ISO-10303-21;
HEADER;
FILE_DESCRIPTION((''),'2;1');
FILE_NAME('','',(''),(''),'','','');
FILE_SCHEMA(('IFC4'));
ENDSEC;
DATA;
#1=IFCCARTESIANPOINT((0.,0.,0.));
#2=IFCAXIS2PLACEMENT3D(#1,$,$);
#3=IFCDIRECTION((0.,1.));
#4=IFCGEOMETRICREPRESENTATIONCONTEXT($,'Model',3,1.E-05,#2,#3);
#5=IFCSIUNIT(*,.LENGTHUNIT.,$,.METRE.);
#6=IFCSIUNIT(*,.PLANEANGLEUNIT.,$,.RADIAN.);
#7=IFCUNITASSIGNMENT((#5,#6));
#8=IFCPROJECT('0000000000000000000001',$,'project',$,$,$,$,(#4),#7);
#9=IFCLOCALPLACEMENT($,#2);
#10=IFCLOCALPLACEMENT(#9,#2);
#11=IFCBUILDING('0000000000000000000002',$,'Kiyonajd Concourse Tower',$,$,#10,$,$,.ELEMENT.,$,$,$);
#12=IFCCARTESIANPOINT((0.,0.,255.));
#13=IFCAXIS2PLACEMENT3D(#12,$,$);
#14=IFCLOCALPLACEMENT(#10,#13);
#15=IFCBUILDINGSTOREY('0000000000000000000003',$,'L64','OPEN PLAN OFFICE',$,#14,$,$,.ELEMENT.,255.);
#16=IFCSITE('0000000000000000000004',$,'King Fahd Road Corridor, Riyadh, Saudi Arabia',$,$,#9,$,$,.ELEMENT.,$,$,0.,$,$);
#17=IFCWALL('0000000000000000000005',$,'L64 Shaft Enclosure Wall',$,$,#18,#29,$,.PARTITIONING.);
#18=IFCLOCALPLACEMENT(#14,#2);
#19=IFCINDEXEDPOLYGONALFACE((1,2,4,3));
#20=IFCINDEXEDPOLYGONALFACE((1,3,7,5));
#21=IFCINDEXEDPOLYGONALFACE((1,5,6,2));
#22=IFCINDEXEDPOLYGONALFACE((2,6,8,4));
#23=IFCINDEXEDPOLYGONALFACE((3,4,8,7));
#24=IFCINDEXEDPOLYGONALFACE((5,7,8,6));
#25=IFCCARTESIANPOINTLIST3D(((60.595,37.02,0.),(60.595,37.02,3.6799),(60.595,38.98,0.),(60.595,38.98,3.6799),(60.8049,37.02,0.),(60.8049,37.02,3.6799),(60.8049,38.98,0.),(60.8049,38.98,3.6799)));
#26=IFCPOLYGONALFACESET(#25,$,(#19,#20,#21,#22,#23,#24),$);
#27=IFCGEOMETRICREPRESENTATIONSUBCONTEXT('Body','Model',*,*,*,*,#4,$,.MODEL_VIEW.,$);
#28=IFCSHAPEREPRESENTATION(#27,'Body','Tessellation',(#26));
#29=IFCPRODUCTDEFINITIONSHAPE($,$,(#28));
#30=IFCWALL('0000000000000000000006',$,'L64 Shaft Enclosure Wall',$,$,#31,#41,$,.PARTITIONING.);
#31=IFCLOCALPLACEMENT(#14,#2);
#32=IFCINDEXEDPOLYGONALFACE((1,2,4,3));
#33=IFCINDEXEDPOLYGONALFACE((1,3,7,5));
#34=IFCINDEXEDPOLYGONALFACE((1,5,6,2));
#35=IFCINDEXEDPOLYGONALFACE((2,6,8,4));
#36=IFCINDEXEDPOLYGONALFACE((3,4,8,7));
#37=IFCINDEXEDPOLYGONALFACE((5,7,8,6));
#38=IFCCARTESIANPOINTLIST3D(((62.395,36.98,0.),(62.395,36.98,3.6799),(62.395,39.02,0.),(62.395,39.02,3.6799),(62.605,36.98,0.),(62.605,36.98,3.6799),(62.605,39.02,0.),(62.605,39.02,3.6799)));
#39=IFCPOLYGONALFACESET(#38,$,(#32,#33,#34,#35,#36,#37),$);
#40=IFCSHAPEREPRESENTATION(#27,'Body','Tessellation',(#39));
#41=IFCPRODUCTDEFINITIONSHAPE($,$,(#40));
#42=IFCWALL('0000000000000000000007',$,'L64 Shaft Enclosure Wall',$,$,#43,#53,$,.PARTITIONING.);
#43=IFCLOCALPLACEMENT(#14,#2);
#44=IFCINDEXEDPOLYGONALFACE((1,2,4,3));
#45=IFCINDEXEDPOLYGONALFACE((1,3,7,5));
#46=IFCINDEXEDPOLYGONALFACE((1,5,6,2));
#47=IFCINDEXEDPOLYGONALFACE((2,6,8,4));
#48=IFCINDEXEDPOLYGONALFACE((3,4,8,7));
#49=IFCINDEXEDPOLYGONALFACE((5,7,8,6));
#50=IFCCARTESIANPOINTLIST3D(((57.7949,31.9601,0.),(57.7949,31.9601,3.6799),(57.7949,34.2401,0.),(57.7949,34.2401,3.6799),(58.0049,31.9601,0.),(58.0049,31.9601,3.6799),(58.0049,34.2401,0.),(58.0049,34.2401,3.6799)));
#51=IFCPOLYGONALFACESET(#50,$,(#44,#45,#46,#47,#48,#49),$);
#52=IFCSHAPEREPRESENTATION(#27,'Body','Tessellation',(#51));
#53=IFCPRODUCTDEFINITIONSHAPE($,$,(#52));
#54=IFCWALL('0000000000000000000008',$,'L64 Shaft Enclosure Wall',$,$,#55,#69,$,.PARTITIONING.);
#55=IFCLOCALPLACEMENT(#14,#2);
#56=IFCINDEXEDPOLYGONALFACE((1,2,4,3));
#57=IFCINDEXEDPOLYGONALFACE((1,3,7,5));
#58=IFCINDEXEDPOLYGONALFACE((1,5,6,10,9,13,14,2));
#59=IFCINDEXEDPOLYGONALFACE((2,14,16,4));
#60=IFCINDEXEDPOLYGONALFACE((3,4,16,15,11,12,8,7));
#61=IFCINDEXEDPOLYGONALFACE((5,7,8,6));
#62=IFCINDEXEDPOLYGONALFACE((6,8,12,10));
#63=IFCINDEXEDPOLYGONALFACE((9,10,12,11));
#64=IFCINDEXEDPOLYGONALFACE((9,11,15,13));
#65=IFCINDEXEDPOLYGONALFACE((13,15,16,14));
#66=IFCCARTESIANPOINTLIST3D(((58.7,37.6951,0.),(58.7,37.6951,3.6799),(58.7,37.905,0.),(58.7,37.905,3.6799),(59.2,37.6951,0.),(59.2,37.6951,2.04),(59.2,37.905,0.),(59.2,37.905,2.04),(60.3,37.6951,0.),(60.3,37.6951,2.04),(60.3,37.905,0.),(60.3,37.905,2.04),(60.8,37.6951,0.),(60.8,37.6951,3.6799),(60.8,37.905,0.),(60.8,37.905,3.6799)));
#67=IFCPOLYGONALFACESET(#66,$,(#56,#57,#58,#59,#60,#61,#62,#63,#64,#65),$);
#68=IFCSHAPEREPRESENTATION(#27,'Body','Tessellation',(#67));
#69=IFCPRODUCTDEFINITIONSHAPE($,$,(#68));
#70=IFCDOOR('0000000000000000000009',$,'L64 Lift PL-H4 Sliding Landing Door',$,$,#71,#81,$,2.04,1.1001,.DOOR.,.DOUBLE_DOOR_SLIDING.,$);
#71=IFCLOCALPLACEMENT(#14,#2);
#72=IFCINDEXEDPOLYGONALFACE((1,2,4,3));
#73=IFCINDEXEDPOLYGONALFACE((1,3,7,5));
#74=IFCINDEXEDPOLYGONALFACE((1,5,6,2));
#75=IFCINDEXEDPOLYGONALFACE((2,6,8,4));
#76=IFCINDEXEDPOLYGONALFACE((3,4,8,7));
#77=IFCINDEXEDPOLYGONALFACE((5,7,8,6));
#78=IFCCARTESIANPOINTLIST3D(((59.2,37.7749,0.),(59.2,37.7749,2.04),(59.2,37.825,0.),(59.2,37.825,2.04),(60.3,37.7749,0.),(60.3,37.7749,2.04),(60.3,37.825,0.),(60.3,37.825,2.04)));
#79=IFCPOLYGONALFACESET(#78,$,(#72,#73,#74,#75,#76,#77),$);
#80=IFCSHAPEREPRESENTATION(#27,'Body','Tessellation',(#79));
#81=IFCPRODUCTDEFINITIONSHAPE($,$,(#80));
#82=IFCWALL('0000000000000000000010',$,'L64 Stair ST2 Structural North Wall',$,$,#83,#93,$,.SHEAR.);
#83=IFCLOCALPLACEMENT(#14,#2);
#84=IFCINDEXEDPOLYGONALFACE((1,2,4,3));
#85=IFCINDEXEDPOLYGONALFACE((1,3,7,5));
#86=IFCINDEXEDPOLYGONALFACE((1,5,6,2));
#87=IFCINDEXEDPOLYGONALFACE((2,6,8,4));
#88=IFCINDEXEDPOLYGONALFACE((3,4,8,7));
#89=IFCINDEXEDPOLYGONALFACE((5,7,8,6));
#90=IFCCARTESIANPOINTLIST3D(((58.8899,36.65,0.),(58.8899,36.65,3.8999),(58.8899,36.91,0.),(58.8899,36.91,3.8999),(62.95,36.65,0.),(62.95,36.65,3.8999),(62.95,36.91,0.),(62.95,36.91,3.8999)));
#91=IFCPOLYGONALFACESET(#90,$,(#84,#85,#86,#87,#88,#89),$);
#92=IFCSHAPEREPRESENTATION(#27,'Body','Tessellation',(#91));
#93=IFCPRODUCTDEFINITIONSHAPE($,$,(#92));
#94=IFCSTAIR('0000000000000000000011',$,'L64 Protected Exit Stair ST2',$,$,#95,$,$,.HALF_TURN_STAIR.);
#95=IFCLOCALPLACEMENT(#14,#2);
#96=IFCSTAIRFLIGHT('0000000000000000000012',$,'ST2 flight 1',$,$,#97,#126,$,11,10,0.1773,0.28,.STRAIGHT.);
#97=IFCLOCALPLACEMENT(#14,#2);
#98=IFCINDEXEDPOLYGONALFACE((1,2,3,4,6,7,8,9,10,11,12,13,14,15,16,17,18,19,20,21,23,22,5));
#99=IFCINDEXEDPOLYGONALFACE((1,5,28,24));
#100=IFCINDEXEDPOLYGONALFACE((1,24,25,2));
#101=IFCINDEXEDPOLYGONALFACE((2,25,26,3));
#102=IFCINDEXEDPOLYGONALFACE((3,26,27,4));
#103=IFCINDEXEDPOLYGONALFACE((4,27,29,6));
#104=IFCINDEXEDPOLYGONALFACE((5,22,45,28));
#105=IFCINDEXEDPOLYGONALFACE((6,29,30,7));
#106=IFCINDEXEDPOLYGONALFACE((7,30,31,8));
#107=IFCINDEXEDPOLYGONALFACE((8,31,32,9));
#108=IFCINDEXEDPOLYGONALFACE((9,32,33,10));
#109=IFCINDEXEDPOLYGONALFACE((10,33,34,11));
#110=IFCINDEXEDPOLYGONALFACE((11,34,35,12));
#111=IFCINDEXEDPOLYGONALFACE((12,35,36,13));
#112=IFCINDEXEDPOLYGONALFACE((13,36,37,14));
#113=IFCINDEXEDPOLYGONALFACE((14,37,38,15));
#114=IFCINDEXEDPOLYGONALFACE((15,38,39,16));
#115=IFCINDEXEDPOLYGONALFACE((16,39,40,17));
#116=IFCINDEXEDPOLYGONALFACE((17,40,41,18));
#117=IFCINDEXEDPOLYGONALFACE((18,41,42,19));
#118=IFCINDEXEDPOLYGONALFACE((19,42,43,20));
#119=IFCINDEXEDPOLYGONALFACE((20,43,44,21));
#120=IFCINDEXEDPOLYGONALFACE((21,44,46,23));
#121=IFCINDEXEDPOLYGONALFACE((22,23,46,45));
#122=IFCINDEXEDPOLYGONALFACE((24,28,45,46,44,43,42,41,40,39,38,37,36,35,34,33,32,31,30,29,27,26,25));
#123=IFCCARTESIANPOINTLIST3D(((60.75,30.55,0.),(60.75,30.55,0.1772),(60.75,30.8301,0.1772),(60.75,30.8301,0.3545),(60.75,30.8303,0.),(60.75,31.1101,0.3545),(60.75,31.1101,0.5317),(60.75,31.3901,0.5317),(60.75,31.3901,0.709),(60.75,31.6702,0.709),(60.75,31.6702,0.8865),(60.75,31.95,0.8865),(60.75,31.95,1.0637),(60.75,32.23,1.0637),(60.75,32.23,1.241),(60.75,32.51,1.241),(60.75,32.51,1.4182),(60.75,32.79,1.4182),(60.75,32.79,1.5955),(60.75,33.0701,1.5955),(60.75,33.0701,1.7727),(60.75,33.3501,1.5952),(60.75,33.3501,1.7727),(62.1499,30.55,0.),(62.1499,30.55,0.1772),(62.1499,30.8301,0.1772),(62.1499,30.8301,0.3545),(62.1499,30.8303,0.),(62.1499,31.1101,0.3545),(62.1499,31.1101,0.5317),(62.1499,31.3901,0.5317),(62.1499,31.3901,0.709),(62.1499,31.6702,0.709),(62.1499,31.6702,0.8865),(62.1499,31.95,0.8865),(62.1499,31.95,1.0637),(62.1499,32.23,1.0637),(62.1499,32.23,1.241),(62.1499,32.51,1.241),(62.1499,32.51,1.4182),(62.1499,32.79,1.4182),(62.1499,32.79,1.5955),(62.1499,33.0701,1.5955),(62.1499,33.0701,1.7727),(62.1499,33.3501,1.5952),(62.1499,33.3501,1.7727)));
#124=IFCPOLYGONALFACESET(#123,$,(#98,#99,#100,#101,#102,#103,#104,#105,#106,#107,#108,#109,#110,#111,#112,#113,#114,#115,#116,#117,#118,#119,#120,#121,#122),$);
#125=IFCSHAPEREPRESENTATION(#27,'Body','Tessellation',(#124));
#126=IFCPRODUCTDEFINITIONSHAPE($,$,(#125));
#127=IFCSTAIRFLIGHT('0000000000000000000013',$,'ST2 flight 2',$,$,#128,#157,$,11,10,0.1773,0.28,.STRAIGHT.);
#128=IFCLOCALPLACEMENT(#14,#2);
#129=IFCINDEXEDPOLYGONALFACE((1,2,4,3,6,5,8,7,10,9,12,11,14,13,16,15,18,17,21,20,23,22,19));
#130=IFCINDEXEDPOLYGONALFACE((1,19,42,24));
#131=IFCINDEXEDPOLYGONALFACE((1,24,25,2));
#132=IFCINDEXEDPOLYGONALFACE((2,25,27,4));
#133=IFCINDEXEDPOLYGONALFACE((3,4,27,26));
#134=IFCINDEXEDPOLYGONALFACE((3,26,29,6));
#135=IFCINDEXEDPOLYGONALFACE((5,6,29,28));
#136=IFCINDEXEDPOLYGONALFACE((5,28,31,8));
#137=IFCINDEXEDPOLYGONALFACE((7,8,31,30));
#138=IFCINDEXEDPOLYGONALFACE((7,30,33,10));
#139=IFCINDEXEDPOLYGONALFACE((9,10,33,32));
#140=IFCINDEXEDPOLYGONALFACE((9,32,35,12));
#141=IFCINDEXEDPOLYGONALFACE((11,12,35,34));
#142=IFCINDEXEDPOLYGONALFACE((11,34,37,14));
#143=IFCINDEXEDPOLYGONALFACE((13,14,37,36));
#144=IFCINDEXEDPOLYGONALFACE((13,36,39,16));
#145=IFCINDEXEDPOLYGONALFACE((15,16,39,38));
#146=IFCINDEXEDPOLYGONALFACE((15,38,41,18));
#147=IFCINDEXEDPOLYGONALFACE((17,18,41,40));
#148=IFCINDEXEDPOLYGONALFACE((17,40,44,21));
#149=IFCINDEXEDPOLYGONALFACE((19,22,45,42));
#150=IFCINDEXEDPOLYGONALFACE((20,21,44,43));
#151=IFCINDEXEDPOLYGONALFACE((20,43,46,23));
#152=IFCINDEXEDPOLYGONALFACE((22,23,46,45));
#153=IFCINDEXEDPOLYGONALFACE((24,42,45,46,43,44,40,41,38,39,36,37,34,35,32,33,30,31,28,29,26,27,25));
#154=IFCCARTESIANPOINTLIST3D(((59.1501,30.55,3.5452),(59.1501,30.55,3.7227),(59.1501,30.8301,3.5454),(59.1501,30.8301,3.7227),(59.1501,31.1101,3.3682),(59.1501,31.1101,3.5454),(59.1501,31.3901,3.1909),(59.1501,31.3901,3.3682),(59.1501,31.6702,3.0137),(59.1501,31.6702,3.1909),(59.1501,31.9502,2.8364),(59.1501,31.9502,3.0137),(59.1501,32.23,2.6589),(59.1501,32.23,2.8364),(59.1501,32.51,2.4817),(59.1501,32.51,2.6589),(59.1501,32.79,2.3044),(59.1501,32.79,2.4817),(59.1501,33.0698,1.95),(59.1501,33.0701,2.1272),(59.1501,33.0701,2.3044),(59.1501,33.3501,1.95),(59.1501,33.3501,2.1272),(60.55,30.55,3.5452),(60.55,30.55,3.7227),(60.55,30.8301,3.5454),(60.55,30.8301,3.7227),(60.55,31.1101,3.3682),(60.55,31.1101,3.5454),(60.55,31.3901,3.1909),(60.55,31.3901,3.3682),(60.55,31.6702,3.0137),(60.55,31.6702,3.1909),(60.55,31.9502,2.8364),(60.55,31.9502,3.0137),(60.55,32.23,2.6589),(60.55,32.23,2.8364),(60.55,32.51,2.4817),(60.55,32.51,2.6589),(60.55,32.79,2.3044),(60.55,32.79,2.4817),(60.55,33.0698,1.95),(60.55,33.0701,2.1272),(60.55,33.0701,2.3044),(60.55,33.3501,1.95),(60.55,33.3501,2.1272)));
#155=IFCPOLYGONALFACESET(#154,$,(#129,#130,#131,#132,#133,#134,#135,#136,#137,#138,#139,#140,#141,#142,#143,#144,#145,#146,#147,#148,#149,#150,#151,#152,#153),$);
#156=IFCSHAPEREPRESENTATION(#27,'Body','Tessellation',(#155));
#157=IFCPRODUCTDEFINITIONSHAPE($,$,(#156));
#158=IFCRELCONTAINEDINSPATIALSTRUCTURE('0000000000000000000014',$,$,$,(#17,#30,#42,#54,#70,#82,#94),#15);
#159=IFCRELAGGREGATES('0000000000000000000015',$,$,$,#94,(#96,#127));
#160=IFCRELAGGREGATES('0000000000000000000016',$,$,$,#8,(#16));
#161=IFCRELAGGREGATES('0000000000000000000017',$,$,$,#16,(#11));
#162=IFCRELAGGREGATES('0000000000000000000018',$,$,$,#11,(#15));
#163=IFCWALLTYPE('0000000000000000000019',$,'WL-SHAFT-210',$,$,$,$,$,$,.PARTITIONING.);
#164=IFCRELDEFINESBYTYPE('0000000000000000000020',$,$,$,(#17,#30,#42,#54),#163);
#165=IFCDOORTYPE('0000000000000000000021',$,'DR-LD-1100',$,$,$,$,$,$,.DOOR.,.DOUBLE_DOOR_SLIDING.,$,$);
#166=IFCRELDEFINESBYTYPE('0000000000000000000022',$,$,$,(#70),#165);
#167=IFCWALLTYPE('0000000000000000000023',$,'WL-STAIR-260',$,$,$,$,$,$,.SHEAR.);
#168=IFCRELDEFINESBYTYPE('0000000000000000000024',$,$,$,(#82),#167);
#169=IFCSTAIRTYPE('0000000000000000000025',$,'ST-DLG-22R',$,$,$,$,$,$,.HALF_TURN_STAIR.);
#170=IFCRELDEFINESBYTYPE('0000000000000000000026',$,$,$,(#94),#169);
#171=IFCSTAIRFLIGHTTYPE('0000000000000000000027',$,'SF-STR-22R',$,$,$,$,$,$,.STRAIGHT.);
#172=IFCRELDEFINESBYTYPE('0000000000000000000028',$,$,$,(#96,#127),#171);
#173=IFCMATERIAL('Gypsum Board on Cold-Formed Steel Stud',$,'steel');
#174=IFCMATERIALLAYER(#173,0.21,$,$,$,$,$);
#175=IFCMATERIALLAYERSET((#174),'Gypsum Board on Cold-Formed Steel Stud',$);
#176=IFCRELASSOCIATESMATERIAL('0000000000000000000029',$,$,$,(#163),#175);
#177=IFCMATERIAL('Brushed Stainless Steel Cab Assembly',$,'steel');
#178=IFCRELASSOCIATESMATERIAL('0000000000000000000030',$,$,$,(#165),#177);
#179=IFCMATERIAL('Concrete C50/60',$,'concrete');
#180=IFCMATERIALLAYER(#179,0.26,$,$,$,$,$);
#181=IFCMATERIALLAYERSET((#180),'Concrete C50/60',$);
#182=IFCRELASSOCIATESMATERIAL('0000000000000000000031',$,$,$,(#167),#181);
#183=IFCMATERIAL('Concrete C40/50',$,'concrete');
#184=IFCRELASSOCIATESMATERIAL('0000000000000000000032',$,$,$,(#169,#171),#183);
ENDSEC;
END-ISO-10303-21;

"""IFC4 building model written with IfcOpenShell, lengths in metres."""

from ifc_helpers import new_model, si_unit, direction, frame, frame_2d, origin, place, context, subcontext, project, spatial, polyline, rectangle, outline, extrude, material, layer, layer_set, type_object, element, fill, aggregate, save


model = new_model("IFC4")

# Units and contexts
model_context = context("Model", 3, precision=1e-05, world=origin(), true_north=direction((0.0, 1.0)))
body_context = subcontext(model_context, "Body", "Model", "MODEL_VIEW")
ifc_project = project(units=[si_unit("LENGTHUNIT", "METRE"), si_unit("PLANEANGLEUNIT", "RADIAN")], contexts=[model_context])

# Site, building, storey
site_placement = place(None, origin())
site = spatial("IfcSite", under=ifc_project, at=site_placement, Name="King Fahd Road Corridor, Riyadh, Saudi Arabia", CompositionType="ELEMENT", RefElevation=0.0)
building_placement = place(site_placement, origin())
building = spatial("IfcBuilding", under=site, at=building_placement, Name="Kiyonajd Concourse Tower", CompositionType="ELEMENT")
storey_placement = place(building_placement, frame((0.0, 0.0, 255.0)))
storey = spatial("IfcBuildingStorey", under=building, at=storey_placement, Name="L64", Description="OPEN PLAN OFFICE", CompositionType="ELEMENT", Elevation=255.0)

# Shared definitions
ifc_material_1 = material(Name="Concrete C50/60", Category="concrete")

# Walls
ifc_material_2 = material(Name="Gypsum Board on Cold-Formed Steel Stud", Category="steel")
ifc_layer_1 = layer(ifc_material_2, 0.21)
ifc_layer_set_1 = layer_set([ifc_layer_1], Name="Gypsum Board on Cold-Formed Steel Stud")
wall_type_1 = type_object("IfcWallType", Name="WL-SHAFT-210", PredefinedType="PARTITIONING", material=ifc_layer_set_1)
wall_1_placement = place(storey_placement, frame((60.7, 37.02, 0.0), z_axis=(0.0, 0.0, 1.0), x_axis=(0.0, 1.0, 0.0)))
element("IfcWall", 1, at=wall_1_placement, inside=storey, type_object=wall_type_1, Name="L64 Shaft Enclosure Wall", PredefinedType="PARTITIONING", context=body_context, shape_type="SweptSolid", body=[
    extrude(rectangle(XDim=1.96, YDim=0.21, at=frame_2d((0.98, 0.0))), origin(), (0.0, 0.0, 1.0), 3.6799),
])
wall_2_placement = place(storey_placement, frame((62.5, 36.98, 0.0), z_axis=(0.0, 0.0, 1.0), x_axis=(0.0, 1.0, 0.0)))
element("IfcWall", 2, at=wall_2_placement, inside=storey, type_object=wall_type_1, Name="L64 Shaft Enclosure Wall", PredefinedType="PARTITIONING", context=body_context, shape_type="SweptSolid", body=[
    extrude(rectangle(XDim=2.04, YDim=0.21, at=frame_2d((1.02, 0.0))), origin(), (0.0, 0.0, 1.0), 3.6799),
])
wall_3_placement = place(storey_placement, frame((57.8999, 31.96, 0.0), z_axis=(0.0, 0.0, 1.0), x_axis=(0.0, 1.0, 0.0)))
element("IfcWall", 3, at=wall_3_placement, inside=storey, type_object=wall_type_1, Name="L64 Shaft Enclosure Wall", PredefinedType="PARTITIONING", context=body_context, shape_type="SweptSolid", body=[
    extrude(rectangle(XDim=2.28, YDim=0.21, at=frame_2d((1.1401, 0.0))), origin(), (0.0, 0.0, 1.0), 3.6799),
])

# Wall, opening, door
wall_4_placement = place(storey_placement, frame((58.7, 37.8, 0.0), z_axis=(0.0, 0.0, 1.0), x_axis=(1.0, 0.0, 0.0)))
wall_4 = element("IfcWall", 4, at=wall_4_placement, inside=storey, type_object=wall_type_1, Name="L64 Shaft Enclosure Wall", PredefinedType="PARTITIONING", context=body_context, shape_type="SweptSolid", body=[
    extrude(rectangle(XDim=2.1001, YDim=0.21, at=frame_2d((1.05, 0.0))), origin(), (0.0, 0.0, 1.0), 3.6799),
])
opening_1_placement = place(wall_4_placement, frame((0.5, 0.0, 0.0)))
opening_1 = element("IfcOpeningElement", 5, at=opening_1_placement, cuts=wall_4, PredefinedType="OPENING", context=body_context, shape_type="SweptSolid", body=[
    extrude(rectangle(XDim=1.1001, YDim=2.04, at=frame_2d((0.55, 1.02))), frame((0.0, 0.115, 0.0), z_axis=(0.0, -1.0, 0.0), x_axis=(1.0, 0.0, 0.0)), (0.0, 0.0, 1.0), 0.23),
])
ifc_material_3 = material(Name="Brushed Stainless Steel Cab Assembly", Category="steel")
door_type = type_object("IfcDoorType", Name="DR-LD-1100", OperationType="DOUBLE_DOOR_SLIDING", PredefinedType="DOOR", material=ifc_material_3)
door_placement = place(opening_1_placement, origin())
door = element("IfcDoor", 6, at=door_placement, inside=storey, type_object=door_type, Name="L64 Lift PL-H4 Sliding Landing Door", OperationType="DOUBLE_DOOR_SLIDING", OverallHeight=2.04, OverallWidth=1.1001, PredefinedType="DOOR", context=body_context, shape_type="SweptSolid", body=[
    extrude(rectangle(XDim=1.1001, YDim=2.04, at=frame_2d((0.55, 1.02))), frame((0.0, 0.0249, 0.0), z_axis=(0.0, -1.0, 0.0), x_axis=(1.0, 0.0, 0.0)), (0.0, 0.0, 1.0), 0.05),
])
fill(opening_1, door)

# Wall
ifc_layer_2 = layer(ifc_material_1, 0.26)
ifc_layer_set_2 = layer_set([ifc_layer_2], Name="Concrete C50/60")
wall_type_2 = type_object("IfcWallType", Name="WL-STAIR-260", PredefinedType="SHEAR", material=ifc_layer_set_2)
wall_5_placement = place(storey_placement, frame((58.8899, 36.78, 0.0), z_axis=(0.0, 0.0, 1.0), x_axis=(1.0, 0.0, 0.0)))
element("IfcWall", 7, at=wall_5_placement, inside=storey, type_object=wall_type_2, Name="L64 Stair ST2 Structural North Wall", PredefinedType="SHEAR", context=body_context, shape_type="SweptSolid", body=[
    extrude(rectangle(XDim=4.0601, YDim=0.26, at=frame_2d((2.03, 0.0))), origin(), (0.0, 0.0, 1.0), 3.8999),
])

# Stair, stair flights
ifc_material_4 = material(Name="Concrete C40/50", Category="concrete")
stair_type = type_object("IfcStairType", Name="ST-DLG-22R", PredefinedType="HALF_TURN_STAIR", material=ifc_material_4)
stair_placement = place(storey_placement, origin())
stair = element("IfcStair", 8, at=stair_placement, inside=storey, type_object=stair_type, Name="L64 Protected Exit Stair ST2", PredefinedType="HALF_TURN_STAIR")
stair_flight_type = type_object("IfcStairFlightType", Name="SF-STR-22R", PredefinedType="STRAIGHT", material=ifc_material_4)
stair_flight_1_placement = place(storey_placement, frame((61.45, 30.55, 0.0), z_axis=(0.0, 0.0, 1.0), x_axis=(0.0, 1.0, 0.0)))
stair_flight_1 = element("IfcStairFlight", 9, at=stair_flight_1_placement, type_object=stair_flight_type, Name="ST2 flight 1", NumberOfRisers=11, NumberOfTreads=10, PredefinedType="STRAIGHT", RiserHeight=0.1773, TreadLength=0.28, context=body_context, shape_type="SweptSolid", body=[
    extrude(outline(polyline([(0.0, 0.0), (0.0, 0.1772), (0.28, 0.1772), (0.28, 0.3545), (0.5601, 0.3545), (0.5601, 0.5317), (0.8401, 0.5317), (0.8401, 0.709), (1.1201, 0.709), (1.1201, 0.8865), (1.3999, 0.8865), (1.3999, 1.0637), (1.6799, 1.0637), (1.6799, 1.241), (1.96, 1.241), (1.96, 1.4182), (2.24, 1.4182), (2.24, 1.5955), (2.52, 1.5955), (2.52, 1.7727), (2.8, 1.7727), (2.8, 1.95), (2.8, 1.5952), (0.2803, 0.0), (0.0, 0.0)])), frame((0.0, 0.7, 0.0), z_axis=(0.0, -1.0, 0.0), x_axis=(1.0, 0.0, 0.0)), (0.0, 0.0, 1.0), 1.3999),
])
stair_flight_2_placement = place(storey_placement, frame((59.8501, 33.3501, 1.95), z_axis=(0.0, 0.0, 1.0), x_axis=(0.0, -1.0, 0.0)))
stair_flight_2 = element("IfcStairFlight", 10, at=stair_flight_2_placement, type_object=stair_flight_type, Name="ST2 flight 2", NumberOfRisers=11, NumberOfTreads=10, PredefinedType="STRAIGHT", RiserHeight=0.1773, TreadLength=0.28, context=body_context, shape_type="SweptSolid", body=[
    extrude(outline(polyline([(0.0, 0.0), (0.0, 0.1772), (0.28, 0.1772), (0.28, 0.3545), (0.5601, 0.3545), (0.5601, 0.5317), (0.8401, 0.5317), (0.8401, 0.709), (1.1201, 0.709), (1.1201, 0.8865), (1.3999, 0.8865), (1.3999, 1.0637), (1.6799, 1.0637), (1.6799, 1.241), (1.96, 1.241), (1.96, 1.4182), (2.24, 1.4182), (2.24, 1.5955), (2.52, 1.5955), (2.52, 1.7727), (2.8, 1.7727), (2.8, 1.95), (2.8, 1.5952), (0.2803, 0.0), (0.0, 0.0)])), frame((0.0, 0.7, 0.0), z_axis=(0.0, -1.0, 0.0), x_axis=(1.0, 0.0, 0.0)), (0.0, 0.0, 1.0), 1.3999),
])
aggregate(stair, [stair_flight_1, stair_flight_2])

save(model, "model.ifc")
